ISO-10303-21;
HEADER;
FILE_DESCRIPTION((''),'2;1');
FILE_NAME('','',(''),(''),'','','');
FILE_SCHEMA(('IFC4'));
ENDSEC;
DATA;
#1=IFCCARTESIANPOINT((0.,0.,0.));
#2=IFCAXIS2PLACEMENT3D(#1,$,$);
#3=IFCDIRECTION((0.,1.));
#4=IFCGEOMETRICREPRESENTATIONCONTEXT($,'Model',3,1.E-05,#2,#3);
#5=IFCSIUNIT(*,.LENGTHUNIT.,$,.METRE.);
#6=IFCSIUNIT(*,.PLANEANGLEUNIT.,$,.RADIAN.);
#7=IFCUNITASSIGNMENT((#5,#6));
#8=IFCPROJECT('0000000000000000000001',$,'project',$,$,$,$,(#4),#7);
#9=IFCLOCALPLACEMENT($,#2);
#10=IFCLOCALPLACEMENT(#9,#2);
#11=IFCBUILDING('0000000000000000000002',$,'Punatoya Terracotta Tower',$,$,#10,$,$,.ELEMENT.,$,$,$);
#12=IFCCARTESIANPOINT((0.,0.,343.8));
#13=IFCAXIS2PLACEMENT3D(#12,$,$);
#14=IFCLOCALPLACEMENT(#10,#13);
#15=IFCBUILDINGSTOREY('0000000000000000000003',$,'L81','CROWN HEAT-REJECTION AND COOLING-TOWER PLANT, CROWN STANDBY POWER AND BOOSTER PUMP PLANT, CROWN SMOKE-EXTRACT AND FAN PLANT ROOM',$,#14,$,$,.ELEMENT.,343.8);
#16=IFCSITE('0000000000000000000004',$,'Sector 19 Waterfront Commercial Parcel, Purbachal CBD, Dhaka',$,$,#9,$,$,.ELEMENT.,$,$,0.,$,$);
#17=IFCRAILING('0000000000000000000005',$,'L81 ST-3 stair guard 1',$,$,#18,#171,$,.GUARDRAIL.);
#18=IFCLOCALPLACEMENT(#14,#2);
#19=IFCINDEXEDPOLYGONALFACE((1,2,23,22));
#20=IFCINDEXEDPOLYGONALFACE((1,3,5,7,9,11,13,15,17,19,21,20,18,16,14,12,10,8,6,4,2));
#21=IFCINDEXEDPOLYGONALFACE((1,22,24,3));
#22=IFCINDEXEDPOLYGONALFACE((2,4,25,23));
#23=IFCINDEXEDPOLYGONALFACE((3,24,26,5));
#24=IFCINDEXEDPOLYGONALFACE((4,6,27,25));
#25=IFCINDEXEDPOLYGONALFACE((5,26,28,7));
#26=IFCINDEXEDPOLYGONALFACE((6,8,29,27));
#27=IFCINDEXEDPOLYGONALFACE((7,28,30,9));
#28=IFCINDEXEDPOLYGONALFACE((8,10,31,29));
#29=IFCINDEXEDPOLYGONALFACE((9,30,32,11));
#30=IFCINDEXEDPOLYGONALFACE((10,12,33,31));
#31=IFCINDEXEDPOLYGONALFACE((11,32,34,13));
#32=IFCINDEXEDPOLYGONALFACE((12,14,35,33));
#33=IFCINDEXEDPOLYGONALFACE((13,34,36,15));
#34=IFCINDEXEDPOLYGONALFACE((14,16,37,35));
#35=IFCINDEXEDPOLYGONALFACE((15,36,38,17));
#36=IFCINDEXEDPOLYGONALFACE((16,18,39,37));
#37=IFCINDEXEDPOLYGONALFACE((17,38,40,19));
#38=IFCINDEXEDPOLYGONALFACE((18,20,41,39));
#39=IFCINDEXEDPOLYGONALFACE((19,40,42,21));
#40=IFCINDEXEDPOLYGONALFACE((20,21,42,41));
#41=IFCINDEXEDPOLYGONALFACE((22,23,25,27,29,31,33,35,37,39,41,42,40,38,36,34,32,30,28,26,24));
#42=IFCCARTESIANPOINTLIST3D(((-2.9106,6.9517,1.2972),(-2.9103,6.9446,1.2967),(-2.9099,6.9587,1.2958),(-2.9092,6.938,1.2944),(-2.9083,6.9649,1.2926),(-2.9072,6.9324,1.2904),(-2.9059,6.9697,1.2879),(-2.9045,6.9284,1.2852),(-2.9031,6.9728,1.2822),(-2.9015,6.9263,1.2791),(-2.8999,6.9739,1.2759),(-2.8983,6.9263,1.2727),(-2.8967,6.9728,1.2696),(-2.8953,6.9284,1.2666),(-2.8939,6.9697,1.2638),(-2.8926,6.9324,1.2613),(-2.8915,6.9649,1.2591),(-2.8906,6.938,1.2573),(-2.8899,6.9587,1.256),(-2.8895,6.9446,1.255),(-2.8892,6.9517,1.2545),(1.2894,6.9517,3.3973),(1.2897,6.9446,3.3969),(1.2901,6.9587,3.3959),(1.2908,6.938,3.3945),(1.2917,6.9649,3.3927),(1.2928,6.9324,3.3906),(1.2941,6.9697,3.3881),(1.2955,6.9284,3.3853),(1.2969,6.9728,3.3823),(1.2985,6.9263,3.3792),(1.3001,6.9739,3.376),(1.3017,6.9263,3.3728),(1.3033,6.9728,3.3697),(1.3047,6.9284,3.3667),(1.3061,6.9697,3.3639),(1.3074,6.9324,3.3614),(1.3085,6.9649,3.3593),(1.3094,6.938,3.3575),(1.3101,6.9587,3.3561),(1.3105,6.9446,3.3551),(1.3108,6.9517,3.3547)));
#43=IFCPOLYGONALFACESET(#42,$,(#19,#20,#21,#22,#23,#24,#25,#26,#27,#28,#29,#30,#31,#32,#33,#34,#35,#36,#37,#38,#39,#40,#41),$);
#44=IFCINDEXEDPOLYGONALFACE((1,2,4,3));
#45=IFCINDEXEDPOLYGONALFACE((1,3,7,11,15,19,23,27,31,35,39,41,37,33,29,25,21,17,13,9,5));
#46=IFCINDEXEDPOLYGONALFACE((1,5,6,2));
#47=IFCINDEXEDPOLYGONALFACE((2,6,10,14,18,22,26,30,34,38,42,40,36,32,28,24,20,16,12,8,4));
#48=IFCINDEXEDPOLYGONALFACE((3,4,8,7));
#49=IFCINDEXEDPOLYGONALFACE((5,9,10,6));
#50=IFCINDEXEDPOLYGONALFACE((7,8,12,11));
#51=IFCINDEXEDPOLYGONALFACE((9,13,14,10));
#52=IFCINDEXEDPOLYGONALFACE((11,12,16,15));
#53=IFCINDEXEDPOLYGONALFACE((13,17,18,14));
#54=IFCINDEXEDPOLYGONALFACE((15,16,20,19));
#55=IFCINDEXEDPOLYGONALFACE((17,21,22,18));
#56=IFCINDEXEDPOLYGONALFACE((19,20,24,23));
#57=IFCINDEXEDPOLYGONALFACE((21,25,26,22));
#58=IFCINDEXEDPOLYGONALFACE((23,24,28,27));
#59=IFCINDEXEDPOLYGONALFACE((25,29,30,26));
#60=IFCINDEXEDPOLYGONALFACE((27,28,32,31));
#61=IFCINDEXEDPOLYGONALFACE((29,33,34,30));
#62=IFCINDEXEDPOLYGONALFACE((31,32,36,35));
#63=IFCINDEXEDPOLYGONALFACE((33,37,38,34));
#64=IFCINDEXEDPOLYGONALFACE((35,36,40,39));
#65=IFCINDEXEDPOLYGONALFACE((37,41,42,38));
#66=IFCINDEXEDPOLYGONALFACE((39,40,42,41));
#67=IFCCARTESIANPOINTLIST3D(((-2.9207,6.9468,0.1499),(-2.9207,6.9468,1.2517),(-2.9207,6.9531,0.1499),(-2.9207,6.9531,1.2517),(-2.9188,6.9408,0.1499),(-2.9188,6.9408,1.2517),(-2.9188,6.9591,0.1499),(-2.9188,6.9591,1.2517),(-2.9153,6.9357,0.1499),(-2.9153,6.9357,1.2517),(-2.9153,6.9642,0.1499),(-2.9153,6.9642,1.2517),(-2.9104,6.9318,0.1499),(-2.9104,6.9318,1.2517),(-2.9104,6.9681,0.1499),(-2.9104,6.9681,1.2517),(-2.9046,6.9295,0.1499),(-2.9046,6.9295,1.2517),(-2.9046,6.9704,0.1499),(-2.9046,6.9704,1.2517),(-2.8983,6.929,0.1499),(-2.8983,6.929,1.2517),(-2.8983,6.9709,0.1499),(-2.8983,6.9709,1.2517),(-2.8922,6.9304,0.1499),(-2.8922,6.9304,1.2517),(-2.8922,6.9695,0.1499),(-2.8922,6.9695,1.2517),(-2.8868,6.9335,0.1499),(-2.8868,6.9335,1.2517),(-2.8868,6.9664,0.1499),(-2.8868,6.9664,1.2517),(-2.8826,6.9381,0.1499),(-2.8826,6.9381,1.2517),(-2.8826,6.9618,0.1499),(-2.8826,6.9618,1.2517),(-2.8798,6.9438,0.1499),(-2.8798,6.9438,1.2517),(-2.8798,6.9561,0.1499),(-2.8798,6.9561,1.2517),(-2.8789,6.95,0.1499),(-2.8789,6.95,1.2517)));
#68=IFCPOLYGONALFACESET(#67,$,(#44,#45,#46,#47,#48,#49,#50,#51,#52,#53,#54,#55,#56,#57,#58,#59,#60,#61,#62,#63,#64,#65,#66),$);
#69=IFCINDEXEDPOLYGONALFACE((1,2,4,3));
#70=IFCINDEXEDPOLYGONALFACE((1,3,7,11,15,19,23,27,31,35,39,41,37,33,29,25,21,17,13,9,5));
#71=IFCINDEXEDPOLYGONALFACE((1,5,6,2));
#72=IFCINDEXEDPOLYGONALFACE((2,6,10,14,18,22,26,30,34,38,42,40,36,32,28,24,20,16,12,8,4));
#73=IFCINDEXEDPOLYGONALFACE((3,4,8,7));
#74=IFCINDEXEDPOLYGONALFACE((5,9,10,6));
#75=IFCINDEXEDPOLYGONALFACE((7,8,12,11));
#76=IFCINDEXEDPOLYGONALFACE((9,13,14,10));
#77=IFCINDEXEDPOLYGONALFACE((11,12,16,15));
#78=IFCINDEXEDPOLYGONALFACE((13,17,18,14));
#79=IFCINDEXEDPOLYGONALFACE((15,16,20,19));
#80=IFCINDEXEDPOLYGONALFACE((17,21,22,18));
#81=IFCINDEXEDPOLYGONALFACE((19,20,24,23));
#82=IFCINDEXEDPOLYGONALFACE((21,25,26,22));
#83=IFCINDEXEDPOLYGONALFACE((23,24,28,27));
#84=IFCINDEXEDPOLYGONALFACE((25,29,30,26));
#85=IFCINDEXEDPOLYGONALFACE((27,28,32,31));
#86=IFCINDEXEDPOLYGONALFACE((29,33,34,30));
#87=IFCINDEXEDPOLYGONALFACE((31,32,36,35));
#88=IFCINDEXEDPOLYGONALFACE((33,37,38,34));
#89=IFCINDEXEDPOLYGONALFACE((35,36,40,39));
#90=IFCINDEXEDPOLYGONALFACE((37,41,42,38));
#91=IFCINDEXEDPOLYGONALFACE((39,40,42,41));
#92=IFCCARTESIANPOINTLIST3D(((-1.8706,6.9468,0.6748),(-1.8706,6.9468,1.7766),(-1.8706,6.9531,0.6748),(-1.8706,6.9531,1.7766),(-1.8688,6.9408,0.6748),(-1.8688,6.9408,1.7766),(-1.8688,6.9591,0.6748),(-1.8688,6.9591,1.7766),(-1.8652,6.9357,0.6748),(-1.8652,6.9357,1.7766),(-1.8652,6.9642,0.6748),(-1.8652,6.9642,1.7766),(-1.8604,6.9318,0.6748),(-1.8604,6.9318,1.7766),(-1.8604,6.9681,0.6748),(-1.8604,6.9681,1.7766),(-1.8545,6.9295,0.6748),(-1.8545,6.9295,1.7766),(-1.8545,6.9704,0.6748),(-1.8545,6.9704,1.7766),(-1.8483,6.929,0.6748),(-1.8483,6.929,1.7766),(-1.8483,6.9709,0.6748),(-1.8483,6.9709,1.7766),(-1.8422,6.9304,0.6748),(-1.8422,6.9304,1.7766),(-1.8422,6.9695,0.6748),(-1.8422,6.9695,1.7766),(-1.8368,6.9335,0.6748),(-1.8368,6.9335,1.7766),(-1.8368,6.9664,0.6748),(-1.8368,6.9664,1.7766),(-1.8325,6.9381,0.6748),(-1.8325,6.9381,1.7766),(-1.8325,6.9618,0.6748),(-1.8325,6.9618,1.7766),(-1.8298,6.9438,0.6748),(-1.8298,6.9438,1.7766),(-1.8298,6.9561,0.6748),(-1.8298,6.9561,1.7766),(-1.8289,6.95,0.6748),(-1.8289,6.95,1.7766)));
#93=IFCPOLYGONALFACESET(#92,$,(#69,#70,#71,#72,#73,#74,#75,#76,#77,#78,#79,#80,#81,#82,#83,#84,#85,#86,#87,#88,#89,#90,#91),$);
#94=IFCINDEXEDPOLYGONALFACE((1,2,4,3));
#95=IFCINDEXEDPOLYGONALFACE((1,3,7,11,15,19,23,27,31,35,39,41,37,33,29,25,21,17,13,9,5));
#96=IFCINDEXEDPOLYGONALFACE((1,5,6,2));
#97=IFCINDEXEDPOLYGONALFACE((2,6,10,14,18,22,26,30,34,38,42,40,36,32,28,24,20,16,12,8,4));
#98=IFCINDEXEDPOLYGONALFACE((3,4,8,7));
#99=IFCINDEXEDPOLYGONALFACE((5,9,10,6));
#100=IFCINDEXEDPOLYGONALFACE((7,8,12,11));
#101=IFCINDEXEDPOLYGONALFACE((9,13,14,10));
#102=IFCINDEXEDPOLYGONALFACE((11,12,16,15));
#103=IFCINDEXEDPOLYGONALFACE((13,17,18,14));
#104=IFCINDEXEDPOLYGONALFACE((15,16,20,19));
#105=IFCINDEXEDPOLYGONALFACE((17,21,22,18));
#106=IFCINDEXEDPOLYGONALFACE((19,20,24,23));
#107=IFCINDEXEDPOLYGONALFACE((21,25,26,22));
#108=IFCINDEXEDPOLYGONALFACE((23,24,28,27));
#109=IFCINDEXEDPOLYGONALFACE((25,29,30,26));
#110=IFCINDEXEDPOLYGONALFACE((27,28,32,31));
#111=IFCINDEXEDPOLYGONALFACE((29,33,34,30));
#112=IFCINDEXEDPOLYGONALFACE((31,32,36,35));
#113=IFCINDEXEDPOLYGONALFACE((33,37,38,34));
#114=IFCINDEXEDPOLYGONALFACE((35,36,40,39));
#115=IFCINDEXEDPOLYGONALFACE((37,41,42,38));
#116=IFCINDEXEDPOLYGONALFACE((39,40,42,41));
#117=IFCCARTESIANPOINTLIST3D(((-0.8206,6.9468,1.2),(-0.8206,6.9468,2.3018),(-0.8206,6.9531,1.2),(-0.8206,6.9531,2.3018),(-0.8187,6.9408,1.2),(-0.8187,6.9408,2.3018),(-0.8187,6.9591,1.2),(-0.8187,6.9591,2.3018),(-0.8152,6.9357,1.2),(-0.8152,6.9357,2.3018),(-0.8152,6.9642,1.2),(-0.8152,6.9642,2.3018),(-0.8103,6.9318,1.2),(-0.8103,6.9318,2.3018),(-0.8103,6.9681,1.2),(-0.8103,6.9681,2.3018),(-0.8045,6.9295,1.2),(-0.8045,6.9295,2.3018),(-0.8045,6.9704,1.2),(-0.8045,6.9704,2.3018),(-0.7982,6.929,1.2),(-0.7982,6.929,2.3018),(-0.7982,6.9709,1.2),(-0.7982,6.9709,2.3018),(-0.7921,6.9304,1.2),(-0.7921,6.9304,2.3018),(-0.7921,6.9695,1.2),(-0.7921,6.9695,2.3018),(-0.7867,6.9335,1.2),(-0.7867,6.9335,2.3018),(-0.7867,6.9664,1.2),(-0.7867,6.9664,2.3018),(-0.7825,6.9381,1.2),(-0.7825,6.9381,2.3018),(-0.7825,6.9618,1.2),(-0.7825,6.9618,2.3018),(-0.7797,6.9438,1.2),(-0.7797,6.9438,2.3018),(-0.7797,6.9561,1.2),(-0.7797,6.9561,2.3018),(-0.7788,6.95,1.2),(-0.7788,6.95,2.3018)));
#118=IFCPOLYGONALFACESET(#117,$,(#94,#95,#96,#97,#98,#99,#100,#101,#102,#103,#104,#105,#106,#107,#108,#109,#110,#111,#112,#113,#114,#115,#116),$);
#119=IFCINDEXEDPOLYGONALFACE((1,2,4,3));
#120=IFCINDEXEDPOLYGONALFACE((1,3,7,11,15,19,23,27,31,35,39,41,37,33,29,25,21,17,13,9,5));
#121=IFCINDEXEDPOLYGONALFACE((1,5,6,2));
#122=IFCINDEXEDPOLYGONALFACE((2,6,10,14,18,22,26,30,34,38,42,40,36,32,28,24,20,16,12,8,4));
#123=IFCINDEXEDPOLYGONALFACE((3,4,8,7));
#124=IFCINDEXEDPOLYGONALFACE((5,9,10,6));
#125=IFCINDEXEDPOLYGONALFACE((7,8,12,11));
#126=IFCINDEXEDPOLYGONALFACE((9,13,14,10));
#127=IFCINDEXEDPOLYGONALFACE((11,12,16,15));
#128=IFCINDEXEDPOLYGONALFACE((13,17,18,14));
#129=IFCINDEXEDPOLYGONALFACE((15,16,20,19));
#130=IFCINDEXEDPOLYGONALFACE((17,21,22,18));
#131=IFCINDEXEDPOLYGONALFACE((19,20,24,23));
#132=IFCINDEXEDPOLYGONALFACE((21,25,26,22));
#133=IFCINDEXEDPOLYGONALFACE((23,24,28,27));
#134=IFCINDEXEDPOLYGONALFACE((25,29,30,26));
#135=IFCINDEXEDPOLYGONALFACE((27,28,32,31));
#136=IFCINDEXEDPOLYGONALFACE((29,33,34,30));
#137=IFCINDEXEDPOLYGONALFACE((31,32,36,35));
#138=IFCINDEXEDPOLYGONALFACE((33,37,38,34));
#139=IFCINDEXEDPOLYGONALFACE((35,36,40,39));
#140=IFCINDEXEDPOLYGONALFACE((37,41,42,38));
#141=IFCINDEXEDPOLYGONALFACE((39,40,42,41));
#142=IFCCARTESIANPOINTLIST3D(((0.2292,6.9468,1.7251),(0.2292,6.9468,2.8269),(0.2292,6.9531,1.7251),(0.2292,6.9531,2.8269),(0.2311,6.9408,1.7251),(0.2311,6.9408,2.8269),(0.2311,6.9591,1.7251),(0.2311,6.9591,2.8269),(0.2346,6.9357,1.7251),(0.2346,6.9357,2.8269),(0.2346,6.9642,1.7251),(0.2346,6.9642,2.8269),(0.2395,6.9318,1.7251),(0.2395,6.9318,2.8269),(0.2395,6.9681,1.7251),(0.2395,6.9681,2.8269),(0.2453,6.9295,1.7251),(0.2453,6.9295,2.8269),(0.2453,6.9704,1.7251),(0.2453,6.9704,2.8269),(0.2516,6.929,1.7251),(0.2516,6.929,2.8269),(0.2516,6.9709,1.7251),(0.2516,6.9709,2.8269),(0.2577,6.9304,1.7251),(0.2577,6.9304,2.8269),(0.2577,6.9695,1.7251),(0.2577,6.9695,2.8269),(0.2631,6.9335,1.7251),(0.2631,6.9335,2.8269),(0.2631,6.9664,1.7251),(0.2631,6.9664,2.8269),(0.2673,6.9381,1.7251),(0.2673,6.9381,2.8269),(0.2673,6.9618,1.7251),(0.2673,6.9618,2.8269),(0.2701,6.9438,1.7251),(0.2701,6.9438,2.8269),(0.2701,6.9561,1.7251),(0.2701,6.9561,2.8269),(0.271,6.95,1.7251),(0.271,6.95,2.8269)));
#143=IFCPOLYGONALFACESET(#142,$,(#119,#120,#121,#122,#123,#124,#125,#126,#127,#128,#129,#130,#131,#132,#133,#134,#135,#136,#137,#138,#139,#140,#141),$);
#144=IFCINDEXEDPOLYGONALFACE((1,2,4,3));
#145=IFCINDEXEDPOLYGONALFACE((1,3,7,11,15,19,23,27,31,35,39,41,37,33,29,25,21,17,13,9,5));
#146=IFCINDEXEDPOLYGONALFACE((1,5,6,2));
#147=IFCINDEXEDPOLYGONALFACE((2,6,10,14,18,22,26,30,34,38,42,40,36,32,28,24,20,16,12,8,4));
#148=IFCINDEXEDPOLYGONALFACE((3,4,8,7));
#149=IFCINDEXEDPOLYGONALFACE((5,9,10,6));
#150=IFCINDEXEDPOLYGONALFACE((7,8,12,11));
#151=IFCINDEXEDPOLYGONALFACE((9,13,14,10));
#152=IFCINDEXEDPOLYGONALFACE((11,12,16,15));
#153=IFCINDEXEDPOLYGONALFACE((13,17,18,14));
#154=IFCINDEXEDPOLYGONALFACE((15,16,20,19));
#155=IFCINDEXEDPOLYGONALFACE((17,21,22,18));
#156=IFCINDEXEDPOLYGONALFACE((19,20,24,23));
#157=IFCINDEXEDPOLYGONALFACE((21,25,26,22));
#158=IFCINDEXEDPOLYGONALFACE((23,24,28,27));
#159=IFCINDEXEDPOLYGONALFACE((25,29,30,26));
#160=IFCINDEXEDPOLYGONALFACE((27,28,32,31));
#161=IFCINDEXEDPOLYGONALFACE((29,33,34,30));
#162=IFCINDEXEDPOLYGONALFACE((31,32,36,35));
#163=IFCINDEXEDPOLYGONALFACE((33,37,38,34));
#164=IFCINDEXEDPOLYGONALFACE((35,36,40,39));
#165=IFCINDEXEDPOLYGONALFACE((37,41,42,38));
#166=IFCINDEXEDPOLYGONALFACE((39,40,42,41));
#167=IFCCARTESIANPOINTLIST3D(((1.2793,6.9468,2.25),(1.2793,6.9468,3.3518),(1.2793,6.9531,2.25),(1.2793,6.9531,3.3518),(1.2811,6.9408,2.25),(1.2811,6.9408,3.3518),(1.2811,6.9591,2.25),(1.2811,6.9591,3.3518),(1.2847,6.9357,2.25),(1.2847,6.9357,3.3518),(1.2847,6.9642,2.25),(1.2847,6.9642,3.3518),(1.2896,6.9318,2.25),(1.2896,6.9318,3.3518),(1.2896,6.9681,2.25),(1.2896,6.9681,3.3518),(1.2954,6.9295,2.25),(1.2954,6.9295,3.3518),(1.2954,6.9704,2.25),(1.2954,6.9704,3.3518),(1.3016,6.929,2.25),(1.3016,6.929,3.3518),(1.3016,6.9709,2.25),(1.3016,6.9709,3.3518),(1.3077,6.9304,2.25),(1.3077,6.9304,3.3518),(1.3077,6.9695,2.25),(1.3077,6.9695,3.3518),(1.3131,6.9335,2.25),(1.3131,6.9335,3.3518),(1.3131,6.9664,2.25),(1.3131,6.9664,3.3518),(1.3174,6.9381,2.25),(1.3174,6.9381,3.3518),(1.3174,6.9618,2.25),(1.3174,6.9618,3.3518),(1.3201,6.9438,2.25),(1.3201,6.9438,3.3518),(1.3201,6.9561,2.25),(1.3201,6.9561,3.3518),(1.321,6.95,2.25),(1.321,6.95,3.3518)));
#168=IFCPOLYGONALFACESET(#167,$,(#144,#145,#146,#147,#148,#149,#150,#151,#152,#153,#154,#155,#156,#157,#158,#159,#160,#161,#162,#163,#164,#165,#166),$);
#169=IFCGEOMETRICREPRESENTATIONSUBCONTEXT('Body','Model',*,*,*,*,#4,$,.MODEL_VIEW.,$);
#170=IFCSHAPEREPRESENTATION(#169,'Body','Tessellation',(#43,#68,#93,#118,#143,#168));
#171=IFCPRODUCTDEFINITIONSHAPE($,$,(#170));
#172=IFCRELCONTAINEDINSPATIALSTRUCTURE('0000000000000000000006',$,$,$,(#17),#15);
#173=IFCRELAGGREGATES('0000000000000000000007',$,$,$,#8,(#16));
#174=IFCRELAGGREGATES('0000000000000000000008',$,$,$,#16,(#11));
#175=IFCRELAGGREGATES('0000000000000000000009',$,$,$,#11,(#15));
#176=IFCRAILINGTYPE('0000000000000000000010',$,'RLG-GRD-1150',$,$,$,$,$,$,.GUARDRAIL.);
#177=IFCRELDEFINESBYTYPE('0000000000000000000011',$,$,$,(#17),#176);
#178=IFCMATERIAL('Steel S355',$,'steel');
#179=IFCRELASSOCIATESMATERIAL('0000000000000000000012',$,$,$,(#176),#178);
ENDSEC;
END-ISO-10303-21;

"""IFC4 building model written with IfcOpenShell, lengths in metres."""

from ifc_helpers import new_model, si_unit, direction, frame, origin, origin_2d, place, context, subcontext, project, spatial, circle, extrude, material, type_object, element, save


model = new_model("IFC4")

# Units and contexts
model_context = context("Model", 3, precision=1e-05, world=origin(), true_north=direction((0.0, 1.0)))
body_context = subcontext(model_context, "Body", "Model", "MODEL_VIEW")
ifc_project = project(units=[si_unit("LENGTHUNIT", "METRE"), si_unit("PLANEANGLEUNIT", "RADIAN")], contexts=[model_context])

# Site, building, storey
site_placement = place(None, origin())
site = spatial("IfcSite", under=ifc_project, at=site_placement, Name="Sector 19 Waterfront Commercial Parcel, Purbachal CBD, Dhaka", CompositionType="ELEMENT", RefElevation=0.0)
building_placement = place(site_placement, origin())
building = spatial("IfcBuilding", under=site, at=building_placement, Name="Punatoya Terracotta Tower", CompositionType="ELEMENT")
storey_placement = place(building_placement, frame((0.0, 0.0, 343.8)))
storey = spatial("IfcBuildingStorey", under=building, at=storey_placement, Name="L81", Description="CROWN HEAT-REJECTION AND COOLING-TOWER PLANT, CROWN STANDBY POWER AND BOOSTER PUMP PLANT, CROWN SMOKE-EXTRACT AND FAN PLANT ROOM", CompositionType="ELEMENT", Elevation=343.8)

# Shared definitions
ifc_material_1 = material(Name="Steel S355", Category="steel")

# Railing
railing_type_1 = type_object("IfcRailingType", Name="RLG-GRD-1150", PredefinedType="GUARDRAIL", material=ifc_material_1)
railing_1_placement = place(storey_placement, frame((-2.8999, 6.95, 0.1499)))
element("IfcRailing", 1, at=railing_1_placement, inside=storey, type_object=railing_type_1, Name="L81 ST-3 stair guard 1", PredefinedType="GUARDRAIL", context=body_context, shape_type="SweptSolid", body=[
    extrude(circle(Radius=0.0239, at=origin_2d()), frame((0.0, 0.0, 1.126), z_axis=(0.894417, 0.0, 0.447234), x_axis=(0.0, 1.0, 0.0)), (0.0, 0.0, 1.0), 4.6958),
    extrude(circle(Radius=0.021, at=origin_2d()), origin(), (0.0, 0.0, 1.0), 1.1018),
    extrude(circle(Radius=0.021, at=origin_2d()), frame((1.05, 0.0, 0.5249)), (0.0, 0.0, 1.0), 1.1018),
    extrude(circle(Radius=0.021, at=origin_2d()), frame((2.1001, 0.0, 1.05)), (0.0, 0.0, 1.0), 1.1018),
    extrude(circle(Radius=0.021, at=origin_2d()), frame((3.1499, 0.0, 1.5752)), (0.0, 0.0, 1.0), 1.1018),
    extrude(circle(Radius=0.021, at=origin_2d()), frame((4.2, 0.0, 2.1001)), (0.0, 0.0, 1.0), 1.1018),
])

save(model, "model.ifc")
